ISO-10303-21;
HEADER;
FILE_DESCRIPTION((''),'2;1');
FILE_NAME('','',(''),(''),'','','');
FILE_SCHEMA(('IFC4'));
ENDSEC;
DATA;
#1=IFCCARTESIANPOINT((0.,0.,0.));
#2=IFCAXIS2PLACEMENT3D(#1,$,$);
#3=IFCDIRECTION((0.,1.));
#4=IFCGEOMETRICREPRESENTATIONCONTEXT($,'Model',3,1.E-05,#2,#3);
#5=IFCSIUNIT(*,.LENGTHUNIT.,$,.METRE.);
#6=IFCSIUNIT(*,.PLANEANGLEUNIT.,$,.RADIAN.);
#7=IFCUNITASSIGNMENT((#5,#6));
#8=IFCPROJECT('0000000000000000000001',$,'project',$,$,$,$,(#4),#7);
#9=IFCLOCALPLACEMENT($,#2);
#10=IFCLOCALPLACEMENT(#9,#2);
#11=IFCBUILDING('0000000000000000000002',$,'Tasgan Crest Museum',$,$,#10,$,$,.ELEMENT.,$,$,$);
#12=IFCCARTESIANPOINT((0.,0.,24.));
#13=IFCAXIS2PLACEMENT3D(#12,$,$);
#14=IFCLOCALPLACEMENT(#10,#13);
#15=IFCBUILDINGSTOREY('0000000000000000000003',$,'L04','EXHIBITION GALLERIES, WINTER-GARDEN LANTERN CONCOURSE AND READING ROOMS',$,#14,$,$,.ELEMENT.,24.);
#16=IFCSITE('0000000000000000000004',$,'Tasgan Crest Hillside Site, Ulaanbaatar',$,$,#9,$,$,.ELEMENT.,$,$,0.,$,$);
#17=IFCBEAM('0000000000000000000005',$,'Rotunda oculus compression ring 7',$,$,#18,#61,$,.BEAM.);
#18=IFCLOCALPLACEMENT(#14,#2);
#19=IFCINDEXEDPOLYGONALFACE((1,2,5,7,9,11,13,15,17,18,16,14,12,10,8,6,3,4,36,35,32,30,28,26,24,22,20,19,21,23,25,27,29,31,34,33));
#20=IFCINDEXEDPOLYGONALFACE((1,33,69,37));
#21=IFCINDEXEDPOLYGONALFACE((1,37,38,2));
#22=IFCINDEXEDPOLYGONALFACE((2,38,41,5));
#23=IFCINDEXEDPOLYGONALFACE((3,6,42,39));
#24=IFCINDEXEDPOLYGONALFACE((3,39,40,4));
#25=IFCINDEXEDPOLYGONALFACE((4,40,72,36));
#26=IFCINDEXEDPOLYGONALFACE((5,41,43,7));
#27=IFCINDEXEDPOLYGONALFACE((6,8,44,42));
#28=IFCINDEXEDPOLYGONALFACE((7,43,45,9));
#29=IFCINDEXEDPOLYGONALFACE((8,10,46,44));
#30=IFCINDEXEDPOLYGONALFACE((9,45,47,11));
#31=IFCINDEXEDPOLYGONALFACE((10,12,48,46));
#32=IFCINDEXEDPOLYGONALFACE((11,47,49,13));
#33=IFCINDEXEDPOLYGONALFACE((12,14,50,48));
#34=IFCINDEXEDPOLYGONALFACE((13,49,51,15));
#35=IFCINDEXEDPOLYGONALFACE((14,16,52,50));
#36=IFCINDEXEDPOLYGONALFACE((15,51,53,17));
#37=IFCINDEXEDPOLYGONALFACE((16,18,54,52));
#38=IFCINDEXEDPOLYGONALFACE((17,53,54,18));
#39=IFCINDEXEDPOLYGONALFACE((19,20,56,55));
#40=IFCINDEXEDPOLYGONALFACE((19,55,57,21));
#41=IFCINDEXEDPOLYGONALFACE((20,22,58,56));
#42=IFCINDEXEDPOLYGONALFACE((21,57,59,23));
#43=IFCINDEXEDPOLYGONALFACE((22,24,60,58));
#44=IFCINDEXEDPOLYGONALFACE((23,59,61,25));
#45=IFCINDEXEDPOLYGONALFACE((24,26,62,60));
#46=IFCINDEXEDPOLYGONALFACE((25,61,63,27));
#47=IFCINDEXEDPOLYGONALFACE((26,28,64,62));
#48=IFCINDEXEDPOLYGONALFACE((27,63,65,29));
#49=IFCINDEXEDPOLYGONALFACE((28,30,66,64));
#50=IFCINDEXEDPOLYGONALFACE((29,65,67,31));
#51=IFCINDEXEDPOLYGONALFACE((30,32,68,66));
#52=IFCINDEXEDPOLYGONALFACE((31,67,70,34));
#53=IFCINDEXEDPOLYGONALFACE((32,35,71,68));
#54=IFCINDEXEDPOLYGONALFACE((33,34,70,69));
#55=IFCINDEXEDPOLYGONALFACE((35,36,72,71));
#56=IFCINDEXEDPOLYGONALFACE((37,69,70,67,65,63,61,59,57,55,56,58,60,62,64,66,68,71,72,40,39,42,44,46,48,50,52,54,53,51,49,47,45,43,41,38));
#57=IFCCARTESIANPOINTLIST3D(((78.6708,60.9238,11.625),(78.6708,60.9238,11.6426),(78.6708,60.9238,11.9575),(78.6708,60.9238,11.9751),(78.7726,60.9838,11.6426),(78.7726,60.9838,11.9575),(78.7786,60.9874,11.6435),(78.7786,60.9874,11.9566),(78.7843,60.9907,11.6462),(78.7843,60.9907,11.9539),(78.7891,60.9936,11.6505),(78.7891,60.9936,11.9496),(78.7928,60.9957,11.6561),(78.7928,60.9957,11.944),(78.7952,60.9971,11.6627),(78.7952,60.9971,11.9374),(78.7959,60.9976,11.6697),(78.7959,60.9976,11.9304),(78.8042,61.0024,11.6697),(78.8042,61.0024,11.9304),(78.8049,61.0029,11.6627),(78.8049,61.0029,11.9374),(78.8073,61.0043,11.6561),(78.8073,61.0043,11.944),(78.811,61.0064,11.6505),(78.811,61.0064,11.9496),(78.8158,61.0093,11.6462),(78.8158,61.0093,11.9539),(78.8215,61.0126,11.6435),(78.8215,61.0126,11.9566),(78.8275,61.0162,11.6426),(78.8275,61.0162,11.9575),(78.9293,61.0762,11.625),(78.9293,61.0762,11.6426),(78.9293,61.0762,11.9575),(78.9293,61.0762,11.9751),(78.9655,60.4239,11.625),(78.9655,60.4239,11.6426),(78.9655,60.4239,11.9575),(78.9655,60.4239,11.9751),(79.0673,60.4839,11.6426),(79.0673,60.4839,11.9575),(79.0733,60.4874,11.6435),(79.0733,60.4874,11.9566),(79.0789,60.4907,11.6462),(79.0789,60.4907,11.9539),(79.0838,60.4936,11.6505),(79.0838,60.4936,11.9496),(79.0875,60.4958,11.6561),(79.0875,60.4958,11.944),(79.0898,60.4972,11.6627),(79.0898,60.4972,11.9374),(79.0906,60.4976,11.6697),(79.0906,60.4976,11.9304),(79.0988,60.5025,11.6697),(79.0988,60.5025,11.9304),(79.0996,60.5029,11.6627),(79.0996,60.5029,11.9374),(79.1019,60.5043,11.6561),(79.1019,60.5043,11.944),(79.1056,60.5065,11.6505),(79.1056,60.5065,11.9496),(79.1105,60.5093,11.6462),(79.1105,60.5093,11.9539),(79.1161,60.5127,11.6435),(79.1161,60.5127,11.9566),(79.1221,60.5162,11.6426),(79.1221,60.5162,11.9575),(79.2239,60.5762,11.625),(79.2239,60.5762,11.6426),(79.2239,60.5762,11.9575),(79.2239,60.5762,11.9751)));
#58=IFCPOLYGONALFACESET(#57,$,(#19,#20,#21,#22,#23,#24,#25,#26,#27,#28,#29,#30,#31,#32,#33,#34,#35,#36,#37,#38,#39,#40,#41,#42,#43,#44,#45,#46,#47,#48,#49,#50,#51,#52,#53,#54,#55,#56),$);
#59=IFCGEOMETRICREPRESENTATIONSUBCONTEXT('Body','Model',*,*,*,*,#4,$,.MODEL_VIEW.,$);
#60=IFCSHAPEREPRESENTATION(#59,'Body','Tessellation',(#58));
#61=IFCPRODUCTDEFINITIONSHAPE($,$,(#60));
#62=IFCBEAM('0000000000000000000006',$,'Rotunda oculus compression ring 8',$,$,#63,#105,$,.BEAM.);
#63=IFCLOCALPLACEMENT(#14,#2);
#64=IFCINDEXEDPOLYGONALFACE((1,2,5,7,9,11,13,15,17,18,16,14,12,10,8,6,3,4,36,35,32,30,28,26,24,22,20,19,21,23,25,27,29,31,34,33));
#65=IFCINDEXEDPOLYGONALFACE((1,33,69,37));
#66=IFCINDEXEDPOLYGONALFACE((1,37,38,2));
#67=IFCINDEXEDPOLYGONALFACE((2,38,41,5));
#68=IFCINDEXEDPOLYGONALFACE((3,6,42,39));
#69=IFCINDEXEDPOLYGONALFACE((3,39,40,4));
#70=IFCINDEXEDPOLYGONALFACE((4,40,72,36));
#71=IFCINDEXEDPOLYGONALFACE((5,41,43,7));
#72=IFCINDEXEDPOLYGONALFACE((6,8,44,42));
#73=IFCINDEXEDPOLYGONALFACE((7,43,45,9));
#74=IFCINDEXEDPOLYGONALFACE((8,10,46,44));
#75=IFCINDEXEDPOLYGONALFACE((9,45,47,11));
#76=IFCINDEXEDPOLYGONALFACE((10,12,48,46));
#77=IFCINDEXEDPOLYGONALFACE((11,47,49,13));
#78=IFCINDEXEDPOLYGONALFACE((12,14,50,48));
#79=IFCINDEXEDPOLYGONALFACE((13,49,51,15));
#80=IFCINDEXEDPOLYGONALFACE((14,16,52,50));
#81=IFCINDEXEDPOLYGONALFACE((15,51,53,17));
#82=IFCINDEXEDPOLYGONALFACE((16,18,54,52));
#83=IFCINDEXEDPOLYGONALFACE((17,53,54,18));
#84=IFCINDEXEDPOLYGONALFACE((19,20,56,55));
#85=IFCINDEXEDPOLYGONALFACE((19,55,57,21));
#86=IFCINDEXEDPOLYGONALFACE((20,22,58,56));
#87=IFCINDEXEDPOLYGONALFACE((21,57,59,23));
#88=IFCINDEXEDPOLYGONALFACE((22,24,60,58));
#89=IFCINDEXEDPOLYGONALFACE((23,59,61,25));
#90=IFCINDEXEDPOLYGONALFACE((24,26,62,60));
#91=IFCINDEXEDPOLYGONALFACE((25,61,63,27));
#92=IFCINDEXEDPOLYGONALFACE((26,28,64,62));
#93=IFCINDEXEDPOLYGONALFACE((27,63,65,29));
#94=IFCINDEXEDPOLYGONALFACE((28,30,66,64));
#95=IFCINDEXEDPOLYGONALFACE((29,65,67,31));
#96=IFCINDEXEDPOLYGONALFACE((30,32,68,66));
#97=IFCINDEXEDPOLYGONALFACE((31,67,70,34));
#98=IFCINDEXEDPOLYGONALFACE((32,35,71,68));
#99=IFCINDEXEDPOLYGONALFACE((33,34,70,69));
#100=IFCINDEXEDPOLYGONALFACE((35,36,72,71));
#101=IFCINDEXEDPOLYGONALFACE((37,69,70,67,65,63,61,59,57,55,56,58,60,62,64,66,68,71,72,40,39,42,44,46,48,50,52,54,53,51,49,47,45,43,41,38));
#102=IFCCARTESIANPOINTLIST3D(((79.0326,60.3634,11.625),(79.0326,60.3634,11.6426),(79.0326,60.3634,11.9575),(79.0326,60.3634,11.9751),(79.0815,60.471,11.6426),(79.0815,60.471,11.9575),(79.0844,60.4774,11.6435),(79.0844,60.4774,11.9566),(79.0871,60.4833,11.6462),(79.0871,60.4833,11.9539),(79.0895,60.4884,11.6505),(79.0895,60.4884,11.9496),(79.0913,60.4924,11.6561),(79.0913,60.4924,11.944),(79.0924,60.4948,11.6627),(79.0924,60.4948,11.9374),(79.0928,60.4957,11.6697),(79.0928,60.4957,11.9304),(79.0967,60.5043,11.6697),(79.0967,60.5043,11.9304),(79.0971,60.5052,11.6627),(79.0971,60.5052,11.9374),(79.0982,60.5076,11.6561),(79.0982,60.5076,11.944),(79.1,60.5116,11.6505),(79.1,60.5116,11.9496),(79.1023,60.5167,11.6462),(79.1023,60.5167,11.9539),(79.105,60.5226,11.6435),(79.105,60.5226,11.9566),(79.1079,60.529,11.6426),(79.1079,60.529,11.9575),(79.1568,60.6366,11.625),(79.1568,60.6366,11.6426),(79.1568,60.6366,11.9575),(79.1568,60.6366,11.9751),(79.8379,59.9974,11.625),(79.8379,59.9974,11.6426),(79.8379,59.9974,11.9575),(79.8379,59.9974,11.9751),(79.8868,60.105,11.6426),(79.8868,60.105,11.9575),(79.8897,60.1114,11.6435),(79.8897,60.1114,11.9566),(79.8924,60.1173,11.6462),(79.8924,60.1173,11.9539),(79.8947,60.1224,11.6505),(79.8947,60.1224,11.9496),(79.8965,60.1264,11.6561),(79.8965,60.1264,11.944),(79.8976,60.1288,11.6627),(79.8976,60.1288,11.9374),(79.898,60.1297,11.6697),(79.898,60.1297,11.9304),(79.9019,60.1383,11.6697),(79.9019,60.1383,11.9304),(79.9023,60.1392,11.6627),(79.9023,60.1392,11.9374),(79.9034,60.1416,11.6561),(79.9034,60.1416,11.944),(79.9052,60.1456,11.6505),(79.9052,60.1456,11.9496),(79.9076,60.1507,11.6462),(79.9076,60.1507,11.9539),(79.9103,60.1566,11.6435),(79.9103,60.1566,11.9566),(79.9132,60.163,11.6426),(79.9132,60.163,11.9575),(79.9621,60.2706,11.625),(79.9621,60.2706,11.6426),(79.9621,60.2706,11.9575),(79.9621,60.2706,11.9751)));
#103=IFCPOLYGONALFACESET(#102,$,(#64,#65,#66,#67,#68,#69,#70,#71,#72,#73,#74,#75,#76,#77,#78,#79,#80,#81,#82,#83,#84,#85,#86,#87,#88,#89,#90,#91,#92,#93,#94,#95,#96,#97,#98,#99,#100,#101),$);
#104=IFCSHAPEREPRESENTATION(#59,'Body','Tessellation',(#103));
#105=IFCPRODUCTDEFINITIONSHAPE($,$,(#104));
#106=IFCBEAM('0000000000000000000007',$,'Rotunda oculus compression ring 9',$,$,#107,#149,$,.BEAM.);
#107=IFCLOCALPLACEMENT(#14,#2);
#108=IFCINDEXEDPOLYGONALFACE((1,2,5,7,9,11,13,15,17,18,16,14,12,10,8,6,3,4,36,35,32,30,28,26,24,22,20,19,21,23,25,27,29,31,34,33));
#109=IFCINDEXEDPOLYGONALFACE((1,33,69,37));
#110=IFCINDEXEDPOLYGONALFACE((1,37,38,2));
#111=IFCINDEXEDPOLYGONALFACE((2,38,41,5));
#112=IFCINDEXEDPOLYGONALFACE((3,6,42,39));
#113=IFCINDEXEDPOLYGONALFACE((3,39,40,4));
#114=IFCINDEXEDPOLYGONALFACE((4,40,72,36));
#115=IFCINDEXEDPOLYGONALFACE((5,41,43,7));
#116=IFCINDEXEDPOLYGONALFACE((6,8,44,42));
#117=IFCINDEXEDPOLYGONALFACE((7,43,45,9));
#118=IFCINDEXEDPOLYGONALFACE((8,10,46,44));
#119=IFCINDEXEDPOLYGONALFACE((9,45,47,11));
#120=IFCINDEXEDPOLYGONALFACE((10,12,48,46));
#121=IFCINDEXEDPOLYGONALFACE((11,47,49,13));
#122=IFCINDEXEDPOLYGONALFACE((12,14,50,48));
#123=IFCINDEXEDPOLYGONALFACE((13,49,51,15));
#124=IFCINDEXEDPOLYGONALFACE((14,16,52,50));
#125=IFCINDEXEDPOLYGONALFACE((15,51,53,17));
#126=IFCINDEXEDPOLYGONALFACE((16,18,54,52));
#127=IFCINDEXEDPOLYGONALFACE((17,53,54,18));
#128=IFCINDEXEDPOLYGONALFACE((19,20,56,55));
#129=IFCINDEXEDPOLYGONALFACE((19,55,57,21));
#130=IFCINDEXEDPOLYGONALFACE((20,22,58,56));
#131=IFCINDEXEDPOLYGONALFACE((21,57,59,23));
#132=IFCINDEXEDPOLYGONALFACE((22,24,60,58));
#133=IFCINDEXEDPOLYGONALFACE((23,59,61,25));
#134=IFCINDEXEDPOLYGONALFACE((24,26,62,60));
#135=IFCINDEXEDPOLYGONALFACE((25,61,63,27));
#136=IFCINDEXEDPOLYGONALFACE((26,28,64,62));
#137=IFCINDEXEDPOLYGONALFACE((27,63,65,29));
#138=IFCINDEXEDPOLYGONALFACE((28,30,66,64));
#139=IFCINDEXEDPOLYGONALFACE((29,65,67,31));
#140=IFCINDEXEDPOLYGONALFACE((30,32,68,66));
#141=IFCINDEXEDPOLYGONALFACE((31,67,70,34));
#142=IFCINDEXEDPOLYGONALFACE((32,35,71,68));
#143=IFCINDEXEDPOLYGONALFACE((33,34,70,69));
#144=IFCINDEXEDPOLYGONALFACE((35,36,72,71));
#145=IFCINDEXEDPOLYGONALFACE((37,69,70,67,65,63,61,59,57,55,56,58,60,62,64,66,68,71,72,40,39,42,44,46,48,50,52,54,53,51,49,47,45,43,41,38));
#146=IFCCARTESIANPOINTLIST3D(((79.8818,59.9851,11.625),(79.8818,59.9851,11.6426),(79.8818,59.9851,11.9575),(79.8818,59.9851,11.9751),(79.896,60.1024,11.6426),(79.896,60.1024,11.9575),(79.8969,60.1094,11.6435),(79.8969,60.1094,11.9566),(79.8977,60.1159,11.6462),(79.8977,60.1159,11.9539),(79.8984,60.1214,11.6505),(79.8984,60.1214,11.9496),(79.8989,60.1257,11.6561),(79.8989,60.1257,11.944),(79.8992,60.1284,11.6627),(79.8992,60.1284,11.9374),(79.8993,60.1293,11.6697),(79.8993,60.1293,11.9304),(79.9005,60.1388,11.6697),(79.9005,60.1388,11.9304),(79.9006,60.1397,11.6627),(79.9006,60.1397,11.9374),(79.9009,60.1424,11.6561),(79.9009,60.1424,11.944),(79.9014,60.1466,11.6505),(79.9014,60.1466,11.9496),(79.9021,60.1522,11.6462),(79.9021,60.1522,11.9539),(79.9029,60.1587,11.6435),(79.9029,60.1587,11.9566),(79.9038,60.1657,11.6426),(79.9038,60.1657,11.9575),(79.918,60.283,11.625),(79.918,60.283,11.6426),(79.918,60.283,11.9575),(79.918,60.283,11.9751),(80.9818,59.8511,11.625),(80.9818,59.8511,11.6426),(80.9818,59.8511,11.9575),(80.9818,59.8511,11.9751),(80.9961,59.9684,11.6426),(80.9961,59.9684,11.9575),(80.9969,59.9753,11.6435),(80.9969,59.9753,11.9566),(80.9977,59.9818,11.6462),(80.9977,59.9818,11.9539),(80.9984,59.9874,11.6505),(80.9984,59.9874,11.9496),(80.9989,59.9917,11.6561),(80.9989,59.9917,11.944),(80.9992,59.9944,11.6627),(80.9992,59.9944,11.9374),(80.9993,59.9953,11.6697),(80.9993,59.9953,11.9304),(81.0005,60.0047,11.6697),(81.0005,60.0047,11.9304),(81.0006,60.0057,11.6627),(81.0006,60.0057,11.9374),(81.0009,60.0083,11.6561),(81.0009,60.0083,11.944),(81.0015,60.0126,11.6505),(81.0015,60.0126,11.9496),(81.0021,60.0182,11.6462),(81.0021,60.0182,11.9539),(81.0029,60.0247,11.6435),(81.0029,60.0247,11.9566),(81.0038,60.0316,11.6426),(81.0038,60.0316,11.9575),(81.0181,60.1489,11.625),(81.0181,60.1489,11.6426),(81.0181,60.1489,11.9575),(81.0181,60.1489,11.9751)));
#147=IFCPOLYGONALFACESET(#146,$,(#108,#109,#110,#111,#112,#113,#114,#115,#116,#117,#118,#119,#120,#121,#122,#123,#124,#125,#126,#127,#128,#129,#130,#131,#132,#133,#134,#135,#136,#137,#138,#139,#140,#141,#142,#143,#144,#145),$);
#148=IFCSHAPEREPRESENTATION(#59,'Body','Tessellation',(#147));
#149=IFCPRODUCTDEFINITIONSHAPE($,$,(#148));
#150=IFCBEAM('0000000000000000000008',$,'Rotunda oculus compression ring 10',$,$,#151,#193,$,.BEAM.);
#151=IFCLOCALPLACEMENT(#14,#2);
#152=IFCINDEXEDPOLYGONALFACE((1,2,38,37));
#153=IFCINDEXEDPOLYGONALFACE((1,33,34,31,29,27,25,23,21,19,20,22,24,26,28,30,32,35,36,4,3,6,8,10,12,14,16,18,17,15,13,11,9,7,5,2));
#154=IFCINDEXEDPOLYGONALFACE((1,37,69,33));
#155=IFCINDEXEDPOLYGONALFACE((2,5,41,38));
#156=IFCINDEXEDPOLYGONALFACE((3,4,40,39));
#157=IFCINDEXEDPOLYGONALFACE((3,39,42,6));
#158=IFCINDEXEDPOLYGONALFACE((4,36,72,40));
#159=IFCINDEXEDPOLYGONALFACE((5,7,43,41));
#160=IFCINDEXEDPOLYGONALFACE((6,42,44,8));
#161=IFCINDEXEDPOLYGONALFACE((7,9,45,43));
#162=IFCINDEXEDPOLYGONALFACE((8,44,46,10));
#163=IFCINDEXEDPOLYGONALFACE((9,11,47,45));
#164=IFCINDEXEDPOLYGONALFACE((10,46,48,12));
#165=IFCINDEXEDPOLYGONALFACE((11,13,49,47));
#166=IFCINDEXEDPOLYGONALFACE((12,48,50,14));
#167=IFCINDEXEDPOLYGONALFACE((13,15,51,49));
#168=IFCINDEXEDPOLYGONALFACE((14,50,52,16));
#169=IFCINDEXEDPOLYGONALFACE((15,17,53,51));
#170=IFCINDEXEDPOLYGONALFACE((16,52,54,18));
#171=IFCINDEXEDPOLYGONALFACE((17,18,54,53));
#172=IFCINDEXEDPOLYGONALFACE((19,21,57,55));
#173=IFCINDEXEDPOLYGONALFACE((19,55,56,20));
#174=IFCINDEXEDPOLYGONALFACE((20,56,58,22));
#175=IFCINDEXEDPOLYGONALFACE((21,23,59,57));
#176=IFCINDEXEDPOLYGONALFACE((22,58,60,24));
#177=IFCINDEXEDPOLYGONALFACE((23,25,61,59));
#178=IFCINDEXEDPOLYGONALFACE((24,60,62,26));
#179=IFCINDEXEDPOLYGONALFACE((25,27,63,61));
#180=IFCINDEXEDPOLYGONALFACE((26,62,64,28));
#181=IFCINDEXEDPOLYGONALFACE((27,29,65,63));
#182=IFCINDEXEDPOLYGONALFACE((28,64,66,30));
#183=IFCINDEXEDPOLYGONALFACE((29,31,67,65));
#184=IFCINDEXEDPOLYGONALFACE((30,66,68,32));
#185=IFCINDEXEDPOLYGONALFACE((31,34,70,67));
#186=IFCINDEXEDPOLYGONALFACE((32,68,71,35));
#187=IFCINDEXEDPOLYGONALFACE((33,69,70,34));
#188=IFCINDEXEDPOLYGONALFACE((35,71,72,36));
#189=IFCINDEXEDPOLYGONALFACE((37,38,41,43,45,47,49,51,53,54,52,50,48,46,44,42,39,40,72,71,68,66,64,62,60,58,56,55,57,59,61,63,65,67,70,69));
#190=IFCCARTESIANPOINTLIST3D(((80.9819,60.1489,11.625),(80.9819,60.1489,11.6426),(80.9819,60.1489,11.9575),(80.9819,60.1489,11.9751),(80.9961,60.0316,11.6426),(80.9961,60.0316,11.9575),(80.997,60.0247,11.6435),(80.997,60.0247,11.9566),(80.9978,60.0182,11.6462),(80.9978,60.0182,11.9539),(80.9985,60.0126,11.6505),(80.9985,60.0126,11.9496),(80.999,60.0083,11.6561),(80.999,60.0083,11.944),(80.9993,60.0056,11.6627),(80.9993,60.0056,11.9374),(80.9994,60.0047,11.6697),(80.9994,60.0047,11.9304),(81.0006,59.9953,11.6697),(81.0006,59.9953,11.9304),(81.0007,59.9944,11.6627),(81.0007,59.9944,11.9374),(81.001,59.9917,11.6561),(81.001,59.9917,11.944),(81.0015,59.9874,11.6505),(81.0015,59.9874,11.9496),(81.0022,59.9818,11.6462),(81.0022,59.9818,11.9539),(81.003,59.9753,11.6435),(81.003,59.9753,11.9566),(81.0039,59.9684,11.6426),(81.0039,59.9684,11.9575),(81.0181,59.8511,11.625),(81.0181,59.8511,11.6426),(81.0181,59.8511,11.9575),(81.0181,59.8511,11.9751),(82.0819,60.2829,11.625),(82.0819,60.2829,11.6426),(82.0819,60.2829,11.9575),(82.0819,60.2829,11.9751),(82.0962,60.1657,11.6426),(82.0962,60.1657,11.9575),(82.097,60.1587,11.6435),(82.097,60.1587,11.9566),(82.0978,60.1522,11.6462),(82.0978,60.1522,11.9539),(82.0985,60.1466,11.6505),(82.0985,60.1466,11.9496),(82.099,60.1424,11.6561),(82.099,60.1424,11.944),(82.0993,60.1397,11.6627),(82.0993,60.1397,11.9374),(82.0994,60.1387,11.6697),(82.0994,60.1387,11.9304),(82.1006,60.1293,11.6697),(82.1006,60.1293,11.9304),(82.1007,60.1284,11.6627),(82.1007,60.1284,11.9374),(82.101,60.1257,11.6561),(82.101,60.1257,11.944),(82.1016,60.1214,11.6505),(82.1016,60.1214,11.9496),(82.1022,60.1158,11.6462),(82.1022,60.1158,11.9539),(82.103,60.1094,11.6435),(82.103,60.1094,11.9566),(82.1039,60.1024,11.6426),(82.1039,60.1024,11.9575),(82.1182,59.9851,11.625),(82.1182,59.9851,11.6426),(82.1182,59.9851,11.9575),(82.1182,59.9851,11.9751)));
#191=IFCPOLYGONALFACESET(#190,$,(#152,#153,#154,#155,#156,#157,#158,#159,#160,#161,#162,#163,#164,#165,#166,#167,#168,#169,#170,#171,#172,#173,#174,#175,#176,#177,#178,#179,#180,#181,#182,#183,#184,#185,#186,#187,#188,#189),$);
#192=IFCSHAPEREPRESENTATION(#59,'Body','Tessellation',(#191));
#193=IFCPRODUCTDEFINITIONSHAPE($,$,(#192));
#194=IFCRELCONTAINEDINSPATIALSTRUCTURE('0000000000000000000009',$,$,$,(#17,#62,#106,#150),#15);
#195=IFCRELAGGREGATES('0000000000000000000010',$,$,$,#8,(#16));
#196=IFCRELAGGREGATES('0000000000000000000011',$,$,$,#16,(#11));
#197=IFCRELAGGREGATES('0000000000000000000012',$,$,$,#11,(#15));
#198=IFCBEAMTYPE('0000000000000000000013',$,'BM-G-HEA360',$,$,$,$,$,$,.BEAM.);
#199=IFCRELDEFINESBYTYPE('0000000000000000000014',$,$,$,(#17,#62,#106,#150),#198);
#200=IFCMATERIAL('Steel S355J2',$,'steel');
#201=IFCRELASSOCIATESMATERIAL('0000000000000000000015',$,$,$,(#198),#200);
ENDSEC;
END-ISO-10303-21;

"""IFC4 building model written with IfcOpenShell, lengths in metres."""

from ifc_helpers import new_model, si_unit, direction, frame, origin, origin_2d, place, context, subcontext, project, spatial, i_section, extrude, material, material_profile, profile_set, type_object, element, save


model = new_model("IFC4")

# Units and contexts
model_context = context("Model", 3, precision=1e-05, world=origin(), true_north=direction((0.0, 1.0)))
body_context = subcontext(model_context, "Body", "Model", "MODEL_VIEW")
ifc_project = project(units=[si_unit("LENGTHUNIT", "METRE"), si_unit("PLANEANGLEUNIT", "RADIAN")], contexts=[model_context])

# Site, building, storey
site_placement = place(None, origin())
site = spatial("IfcSite", under=ifc_project, at=site_placement, Name="Tasgan Crest Hillside Site, Ulaanbaatar", CompositionType="ELEMENT", RefElevation=0.0)
building_placement = place(site_placement, origin())
building = spatial("IfcBuilding", under=site, at=building_placement, Name="Tasgan Crest Museum", CompositionType="ELEMENT")
storey_placement = place(building_placement, frame((0.0, 0.0, 24.0)))
storey = spatial("IfcBuildingStorey", under=building, at=storey_placement, Name="L04", Description="EXHIBITION GALLERIES, WINTER-GARDEN LANTERN CONCOURSE AND READING ROOMS", CompositionType="ELEMENT", Elevation=24.0)

# Beams
ifc_material_1 = material(Name="Steel S355J2", Category="steel")
ifc_material_profile_1 = material_profile(ifc_material_1, i_section(OverallWidth=0.3, OverallDepth=0.3501, WebThickness=0.0095, FlangeThickness=0.0176, FilletRadius=0.0271, at=origin_2d()), Name="HEA 360")
ifc_profile_set_1 = profile_set([ifc_material_profile_1], Name="Steel S355J2")
beam_type_1 = type_object("IfcBeamType", Name="BM-G-HEA360", PredefinedType="BEAM", material=ifc_profile_set_1)
for number, where, z_axis, x_axis, name in (
    (1, (78.8, 61.0, 11.8), (0.507737, -0.861512, 0.0), (0.861512, 0.507737, 0.0), "Rotunda oculus compression ring 7"),
):
    element("IfcBeam", number, at=place(storey_placement, frame(where, z_axis=z_axis, x_axis=x_axis)), inside=storey, type_object=beam_type_1, Name=name, PredefinedType="BEAM", context=body_context, shape_type="SweptSolid", body=[
        extrude(i_section(OverallWidth=0.3, OverallDepth=0.3501, WebThickness=0.0095, FlangeThickness=0.0176, FilletRadius=0.0271, at=origin_2d()), origin(), (0.0, 0.0, 1.0), 0.5803),
    ])
beam_1_placement = place(storey_placement, frame((79.0947, 60.5, 11.8), z_axis=(0.910376, -0.413782, 0.0), x_axis=(0.413782, 0.910376, 0.0)))
element("IfcBeam", 2, at=beam_1_placement, inside=storey, type_object=beam_type_1, Name="Rotunda oculus compression ring 8", PredefinedType="BEAM", context=body_context, shape_type="SweptSolid", body=[
    extrude(i_section(OverallWidth=0.3, OverallDepth=0.3501, WebThickness=0.0095, FlangeThickness=0.0176, FilletRadius=0.0271, at=origin_2d()), origin(), (0.0, 0.0, 1.0), 0.8845),
])
for number, where, z_axis, x_axis, name in (
    (3, (79.8999, 60.134, 11.8), (0.992659, -0.120943, 0.0), (0.120943, 0.992659, 0.0), "Rotunda oculus compression ring 9"),
    (4, (81.0, 60.0, 11.8), (0.992659, 0.120943, 0.0), (-0.120943, 0.992659, 0.0), "Rotunda oculus compression ring 10"),
):
    element("IfcBeam", number, at=place(storey_placement, frame(where, z_axis=z_axis, x_axis=x_axis)), inside=storey, type_object=beam_type_1, Name=name, PredefinedType="BEAM", context=body_context, shape_type="SweptSolid", body=[
        extrude(i_section(OverallWidth=0.3, OverallDepth=0.3501, WebThickness=0.0095, FlangeThickness=0.0176, FilletRadius=0.0271, at=origin_2d()), origin(), (0.0, 0.0, 1.0), 1.1082),
    ])

save(model, "model.ifc")
